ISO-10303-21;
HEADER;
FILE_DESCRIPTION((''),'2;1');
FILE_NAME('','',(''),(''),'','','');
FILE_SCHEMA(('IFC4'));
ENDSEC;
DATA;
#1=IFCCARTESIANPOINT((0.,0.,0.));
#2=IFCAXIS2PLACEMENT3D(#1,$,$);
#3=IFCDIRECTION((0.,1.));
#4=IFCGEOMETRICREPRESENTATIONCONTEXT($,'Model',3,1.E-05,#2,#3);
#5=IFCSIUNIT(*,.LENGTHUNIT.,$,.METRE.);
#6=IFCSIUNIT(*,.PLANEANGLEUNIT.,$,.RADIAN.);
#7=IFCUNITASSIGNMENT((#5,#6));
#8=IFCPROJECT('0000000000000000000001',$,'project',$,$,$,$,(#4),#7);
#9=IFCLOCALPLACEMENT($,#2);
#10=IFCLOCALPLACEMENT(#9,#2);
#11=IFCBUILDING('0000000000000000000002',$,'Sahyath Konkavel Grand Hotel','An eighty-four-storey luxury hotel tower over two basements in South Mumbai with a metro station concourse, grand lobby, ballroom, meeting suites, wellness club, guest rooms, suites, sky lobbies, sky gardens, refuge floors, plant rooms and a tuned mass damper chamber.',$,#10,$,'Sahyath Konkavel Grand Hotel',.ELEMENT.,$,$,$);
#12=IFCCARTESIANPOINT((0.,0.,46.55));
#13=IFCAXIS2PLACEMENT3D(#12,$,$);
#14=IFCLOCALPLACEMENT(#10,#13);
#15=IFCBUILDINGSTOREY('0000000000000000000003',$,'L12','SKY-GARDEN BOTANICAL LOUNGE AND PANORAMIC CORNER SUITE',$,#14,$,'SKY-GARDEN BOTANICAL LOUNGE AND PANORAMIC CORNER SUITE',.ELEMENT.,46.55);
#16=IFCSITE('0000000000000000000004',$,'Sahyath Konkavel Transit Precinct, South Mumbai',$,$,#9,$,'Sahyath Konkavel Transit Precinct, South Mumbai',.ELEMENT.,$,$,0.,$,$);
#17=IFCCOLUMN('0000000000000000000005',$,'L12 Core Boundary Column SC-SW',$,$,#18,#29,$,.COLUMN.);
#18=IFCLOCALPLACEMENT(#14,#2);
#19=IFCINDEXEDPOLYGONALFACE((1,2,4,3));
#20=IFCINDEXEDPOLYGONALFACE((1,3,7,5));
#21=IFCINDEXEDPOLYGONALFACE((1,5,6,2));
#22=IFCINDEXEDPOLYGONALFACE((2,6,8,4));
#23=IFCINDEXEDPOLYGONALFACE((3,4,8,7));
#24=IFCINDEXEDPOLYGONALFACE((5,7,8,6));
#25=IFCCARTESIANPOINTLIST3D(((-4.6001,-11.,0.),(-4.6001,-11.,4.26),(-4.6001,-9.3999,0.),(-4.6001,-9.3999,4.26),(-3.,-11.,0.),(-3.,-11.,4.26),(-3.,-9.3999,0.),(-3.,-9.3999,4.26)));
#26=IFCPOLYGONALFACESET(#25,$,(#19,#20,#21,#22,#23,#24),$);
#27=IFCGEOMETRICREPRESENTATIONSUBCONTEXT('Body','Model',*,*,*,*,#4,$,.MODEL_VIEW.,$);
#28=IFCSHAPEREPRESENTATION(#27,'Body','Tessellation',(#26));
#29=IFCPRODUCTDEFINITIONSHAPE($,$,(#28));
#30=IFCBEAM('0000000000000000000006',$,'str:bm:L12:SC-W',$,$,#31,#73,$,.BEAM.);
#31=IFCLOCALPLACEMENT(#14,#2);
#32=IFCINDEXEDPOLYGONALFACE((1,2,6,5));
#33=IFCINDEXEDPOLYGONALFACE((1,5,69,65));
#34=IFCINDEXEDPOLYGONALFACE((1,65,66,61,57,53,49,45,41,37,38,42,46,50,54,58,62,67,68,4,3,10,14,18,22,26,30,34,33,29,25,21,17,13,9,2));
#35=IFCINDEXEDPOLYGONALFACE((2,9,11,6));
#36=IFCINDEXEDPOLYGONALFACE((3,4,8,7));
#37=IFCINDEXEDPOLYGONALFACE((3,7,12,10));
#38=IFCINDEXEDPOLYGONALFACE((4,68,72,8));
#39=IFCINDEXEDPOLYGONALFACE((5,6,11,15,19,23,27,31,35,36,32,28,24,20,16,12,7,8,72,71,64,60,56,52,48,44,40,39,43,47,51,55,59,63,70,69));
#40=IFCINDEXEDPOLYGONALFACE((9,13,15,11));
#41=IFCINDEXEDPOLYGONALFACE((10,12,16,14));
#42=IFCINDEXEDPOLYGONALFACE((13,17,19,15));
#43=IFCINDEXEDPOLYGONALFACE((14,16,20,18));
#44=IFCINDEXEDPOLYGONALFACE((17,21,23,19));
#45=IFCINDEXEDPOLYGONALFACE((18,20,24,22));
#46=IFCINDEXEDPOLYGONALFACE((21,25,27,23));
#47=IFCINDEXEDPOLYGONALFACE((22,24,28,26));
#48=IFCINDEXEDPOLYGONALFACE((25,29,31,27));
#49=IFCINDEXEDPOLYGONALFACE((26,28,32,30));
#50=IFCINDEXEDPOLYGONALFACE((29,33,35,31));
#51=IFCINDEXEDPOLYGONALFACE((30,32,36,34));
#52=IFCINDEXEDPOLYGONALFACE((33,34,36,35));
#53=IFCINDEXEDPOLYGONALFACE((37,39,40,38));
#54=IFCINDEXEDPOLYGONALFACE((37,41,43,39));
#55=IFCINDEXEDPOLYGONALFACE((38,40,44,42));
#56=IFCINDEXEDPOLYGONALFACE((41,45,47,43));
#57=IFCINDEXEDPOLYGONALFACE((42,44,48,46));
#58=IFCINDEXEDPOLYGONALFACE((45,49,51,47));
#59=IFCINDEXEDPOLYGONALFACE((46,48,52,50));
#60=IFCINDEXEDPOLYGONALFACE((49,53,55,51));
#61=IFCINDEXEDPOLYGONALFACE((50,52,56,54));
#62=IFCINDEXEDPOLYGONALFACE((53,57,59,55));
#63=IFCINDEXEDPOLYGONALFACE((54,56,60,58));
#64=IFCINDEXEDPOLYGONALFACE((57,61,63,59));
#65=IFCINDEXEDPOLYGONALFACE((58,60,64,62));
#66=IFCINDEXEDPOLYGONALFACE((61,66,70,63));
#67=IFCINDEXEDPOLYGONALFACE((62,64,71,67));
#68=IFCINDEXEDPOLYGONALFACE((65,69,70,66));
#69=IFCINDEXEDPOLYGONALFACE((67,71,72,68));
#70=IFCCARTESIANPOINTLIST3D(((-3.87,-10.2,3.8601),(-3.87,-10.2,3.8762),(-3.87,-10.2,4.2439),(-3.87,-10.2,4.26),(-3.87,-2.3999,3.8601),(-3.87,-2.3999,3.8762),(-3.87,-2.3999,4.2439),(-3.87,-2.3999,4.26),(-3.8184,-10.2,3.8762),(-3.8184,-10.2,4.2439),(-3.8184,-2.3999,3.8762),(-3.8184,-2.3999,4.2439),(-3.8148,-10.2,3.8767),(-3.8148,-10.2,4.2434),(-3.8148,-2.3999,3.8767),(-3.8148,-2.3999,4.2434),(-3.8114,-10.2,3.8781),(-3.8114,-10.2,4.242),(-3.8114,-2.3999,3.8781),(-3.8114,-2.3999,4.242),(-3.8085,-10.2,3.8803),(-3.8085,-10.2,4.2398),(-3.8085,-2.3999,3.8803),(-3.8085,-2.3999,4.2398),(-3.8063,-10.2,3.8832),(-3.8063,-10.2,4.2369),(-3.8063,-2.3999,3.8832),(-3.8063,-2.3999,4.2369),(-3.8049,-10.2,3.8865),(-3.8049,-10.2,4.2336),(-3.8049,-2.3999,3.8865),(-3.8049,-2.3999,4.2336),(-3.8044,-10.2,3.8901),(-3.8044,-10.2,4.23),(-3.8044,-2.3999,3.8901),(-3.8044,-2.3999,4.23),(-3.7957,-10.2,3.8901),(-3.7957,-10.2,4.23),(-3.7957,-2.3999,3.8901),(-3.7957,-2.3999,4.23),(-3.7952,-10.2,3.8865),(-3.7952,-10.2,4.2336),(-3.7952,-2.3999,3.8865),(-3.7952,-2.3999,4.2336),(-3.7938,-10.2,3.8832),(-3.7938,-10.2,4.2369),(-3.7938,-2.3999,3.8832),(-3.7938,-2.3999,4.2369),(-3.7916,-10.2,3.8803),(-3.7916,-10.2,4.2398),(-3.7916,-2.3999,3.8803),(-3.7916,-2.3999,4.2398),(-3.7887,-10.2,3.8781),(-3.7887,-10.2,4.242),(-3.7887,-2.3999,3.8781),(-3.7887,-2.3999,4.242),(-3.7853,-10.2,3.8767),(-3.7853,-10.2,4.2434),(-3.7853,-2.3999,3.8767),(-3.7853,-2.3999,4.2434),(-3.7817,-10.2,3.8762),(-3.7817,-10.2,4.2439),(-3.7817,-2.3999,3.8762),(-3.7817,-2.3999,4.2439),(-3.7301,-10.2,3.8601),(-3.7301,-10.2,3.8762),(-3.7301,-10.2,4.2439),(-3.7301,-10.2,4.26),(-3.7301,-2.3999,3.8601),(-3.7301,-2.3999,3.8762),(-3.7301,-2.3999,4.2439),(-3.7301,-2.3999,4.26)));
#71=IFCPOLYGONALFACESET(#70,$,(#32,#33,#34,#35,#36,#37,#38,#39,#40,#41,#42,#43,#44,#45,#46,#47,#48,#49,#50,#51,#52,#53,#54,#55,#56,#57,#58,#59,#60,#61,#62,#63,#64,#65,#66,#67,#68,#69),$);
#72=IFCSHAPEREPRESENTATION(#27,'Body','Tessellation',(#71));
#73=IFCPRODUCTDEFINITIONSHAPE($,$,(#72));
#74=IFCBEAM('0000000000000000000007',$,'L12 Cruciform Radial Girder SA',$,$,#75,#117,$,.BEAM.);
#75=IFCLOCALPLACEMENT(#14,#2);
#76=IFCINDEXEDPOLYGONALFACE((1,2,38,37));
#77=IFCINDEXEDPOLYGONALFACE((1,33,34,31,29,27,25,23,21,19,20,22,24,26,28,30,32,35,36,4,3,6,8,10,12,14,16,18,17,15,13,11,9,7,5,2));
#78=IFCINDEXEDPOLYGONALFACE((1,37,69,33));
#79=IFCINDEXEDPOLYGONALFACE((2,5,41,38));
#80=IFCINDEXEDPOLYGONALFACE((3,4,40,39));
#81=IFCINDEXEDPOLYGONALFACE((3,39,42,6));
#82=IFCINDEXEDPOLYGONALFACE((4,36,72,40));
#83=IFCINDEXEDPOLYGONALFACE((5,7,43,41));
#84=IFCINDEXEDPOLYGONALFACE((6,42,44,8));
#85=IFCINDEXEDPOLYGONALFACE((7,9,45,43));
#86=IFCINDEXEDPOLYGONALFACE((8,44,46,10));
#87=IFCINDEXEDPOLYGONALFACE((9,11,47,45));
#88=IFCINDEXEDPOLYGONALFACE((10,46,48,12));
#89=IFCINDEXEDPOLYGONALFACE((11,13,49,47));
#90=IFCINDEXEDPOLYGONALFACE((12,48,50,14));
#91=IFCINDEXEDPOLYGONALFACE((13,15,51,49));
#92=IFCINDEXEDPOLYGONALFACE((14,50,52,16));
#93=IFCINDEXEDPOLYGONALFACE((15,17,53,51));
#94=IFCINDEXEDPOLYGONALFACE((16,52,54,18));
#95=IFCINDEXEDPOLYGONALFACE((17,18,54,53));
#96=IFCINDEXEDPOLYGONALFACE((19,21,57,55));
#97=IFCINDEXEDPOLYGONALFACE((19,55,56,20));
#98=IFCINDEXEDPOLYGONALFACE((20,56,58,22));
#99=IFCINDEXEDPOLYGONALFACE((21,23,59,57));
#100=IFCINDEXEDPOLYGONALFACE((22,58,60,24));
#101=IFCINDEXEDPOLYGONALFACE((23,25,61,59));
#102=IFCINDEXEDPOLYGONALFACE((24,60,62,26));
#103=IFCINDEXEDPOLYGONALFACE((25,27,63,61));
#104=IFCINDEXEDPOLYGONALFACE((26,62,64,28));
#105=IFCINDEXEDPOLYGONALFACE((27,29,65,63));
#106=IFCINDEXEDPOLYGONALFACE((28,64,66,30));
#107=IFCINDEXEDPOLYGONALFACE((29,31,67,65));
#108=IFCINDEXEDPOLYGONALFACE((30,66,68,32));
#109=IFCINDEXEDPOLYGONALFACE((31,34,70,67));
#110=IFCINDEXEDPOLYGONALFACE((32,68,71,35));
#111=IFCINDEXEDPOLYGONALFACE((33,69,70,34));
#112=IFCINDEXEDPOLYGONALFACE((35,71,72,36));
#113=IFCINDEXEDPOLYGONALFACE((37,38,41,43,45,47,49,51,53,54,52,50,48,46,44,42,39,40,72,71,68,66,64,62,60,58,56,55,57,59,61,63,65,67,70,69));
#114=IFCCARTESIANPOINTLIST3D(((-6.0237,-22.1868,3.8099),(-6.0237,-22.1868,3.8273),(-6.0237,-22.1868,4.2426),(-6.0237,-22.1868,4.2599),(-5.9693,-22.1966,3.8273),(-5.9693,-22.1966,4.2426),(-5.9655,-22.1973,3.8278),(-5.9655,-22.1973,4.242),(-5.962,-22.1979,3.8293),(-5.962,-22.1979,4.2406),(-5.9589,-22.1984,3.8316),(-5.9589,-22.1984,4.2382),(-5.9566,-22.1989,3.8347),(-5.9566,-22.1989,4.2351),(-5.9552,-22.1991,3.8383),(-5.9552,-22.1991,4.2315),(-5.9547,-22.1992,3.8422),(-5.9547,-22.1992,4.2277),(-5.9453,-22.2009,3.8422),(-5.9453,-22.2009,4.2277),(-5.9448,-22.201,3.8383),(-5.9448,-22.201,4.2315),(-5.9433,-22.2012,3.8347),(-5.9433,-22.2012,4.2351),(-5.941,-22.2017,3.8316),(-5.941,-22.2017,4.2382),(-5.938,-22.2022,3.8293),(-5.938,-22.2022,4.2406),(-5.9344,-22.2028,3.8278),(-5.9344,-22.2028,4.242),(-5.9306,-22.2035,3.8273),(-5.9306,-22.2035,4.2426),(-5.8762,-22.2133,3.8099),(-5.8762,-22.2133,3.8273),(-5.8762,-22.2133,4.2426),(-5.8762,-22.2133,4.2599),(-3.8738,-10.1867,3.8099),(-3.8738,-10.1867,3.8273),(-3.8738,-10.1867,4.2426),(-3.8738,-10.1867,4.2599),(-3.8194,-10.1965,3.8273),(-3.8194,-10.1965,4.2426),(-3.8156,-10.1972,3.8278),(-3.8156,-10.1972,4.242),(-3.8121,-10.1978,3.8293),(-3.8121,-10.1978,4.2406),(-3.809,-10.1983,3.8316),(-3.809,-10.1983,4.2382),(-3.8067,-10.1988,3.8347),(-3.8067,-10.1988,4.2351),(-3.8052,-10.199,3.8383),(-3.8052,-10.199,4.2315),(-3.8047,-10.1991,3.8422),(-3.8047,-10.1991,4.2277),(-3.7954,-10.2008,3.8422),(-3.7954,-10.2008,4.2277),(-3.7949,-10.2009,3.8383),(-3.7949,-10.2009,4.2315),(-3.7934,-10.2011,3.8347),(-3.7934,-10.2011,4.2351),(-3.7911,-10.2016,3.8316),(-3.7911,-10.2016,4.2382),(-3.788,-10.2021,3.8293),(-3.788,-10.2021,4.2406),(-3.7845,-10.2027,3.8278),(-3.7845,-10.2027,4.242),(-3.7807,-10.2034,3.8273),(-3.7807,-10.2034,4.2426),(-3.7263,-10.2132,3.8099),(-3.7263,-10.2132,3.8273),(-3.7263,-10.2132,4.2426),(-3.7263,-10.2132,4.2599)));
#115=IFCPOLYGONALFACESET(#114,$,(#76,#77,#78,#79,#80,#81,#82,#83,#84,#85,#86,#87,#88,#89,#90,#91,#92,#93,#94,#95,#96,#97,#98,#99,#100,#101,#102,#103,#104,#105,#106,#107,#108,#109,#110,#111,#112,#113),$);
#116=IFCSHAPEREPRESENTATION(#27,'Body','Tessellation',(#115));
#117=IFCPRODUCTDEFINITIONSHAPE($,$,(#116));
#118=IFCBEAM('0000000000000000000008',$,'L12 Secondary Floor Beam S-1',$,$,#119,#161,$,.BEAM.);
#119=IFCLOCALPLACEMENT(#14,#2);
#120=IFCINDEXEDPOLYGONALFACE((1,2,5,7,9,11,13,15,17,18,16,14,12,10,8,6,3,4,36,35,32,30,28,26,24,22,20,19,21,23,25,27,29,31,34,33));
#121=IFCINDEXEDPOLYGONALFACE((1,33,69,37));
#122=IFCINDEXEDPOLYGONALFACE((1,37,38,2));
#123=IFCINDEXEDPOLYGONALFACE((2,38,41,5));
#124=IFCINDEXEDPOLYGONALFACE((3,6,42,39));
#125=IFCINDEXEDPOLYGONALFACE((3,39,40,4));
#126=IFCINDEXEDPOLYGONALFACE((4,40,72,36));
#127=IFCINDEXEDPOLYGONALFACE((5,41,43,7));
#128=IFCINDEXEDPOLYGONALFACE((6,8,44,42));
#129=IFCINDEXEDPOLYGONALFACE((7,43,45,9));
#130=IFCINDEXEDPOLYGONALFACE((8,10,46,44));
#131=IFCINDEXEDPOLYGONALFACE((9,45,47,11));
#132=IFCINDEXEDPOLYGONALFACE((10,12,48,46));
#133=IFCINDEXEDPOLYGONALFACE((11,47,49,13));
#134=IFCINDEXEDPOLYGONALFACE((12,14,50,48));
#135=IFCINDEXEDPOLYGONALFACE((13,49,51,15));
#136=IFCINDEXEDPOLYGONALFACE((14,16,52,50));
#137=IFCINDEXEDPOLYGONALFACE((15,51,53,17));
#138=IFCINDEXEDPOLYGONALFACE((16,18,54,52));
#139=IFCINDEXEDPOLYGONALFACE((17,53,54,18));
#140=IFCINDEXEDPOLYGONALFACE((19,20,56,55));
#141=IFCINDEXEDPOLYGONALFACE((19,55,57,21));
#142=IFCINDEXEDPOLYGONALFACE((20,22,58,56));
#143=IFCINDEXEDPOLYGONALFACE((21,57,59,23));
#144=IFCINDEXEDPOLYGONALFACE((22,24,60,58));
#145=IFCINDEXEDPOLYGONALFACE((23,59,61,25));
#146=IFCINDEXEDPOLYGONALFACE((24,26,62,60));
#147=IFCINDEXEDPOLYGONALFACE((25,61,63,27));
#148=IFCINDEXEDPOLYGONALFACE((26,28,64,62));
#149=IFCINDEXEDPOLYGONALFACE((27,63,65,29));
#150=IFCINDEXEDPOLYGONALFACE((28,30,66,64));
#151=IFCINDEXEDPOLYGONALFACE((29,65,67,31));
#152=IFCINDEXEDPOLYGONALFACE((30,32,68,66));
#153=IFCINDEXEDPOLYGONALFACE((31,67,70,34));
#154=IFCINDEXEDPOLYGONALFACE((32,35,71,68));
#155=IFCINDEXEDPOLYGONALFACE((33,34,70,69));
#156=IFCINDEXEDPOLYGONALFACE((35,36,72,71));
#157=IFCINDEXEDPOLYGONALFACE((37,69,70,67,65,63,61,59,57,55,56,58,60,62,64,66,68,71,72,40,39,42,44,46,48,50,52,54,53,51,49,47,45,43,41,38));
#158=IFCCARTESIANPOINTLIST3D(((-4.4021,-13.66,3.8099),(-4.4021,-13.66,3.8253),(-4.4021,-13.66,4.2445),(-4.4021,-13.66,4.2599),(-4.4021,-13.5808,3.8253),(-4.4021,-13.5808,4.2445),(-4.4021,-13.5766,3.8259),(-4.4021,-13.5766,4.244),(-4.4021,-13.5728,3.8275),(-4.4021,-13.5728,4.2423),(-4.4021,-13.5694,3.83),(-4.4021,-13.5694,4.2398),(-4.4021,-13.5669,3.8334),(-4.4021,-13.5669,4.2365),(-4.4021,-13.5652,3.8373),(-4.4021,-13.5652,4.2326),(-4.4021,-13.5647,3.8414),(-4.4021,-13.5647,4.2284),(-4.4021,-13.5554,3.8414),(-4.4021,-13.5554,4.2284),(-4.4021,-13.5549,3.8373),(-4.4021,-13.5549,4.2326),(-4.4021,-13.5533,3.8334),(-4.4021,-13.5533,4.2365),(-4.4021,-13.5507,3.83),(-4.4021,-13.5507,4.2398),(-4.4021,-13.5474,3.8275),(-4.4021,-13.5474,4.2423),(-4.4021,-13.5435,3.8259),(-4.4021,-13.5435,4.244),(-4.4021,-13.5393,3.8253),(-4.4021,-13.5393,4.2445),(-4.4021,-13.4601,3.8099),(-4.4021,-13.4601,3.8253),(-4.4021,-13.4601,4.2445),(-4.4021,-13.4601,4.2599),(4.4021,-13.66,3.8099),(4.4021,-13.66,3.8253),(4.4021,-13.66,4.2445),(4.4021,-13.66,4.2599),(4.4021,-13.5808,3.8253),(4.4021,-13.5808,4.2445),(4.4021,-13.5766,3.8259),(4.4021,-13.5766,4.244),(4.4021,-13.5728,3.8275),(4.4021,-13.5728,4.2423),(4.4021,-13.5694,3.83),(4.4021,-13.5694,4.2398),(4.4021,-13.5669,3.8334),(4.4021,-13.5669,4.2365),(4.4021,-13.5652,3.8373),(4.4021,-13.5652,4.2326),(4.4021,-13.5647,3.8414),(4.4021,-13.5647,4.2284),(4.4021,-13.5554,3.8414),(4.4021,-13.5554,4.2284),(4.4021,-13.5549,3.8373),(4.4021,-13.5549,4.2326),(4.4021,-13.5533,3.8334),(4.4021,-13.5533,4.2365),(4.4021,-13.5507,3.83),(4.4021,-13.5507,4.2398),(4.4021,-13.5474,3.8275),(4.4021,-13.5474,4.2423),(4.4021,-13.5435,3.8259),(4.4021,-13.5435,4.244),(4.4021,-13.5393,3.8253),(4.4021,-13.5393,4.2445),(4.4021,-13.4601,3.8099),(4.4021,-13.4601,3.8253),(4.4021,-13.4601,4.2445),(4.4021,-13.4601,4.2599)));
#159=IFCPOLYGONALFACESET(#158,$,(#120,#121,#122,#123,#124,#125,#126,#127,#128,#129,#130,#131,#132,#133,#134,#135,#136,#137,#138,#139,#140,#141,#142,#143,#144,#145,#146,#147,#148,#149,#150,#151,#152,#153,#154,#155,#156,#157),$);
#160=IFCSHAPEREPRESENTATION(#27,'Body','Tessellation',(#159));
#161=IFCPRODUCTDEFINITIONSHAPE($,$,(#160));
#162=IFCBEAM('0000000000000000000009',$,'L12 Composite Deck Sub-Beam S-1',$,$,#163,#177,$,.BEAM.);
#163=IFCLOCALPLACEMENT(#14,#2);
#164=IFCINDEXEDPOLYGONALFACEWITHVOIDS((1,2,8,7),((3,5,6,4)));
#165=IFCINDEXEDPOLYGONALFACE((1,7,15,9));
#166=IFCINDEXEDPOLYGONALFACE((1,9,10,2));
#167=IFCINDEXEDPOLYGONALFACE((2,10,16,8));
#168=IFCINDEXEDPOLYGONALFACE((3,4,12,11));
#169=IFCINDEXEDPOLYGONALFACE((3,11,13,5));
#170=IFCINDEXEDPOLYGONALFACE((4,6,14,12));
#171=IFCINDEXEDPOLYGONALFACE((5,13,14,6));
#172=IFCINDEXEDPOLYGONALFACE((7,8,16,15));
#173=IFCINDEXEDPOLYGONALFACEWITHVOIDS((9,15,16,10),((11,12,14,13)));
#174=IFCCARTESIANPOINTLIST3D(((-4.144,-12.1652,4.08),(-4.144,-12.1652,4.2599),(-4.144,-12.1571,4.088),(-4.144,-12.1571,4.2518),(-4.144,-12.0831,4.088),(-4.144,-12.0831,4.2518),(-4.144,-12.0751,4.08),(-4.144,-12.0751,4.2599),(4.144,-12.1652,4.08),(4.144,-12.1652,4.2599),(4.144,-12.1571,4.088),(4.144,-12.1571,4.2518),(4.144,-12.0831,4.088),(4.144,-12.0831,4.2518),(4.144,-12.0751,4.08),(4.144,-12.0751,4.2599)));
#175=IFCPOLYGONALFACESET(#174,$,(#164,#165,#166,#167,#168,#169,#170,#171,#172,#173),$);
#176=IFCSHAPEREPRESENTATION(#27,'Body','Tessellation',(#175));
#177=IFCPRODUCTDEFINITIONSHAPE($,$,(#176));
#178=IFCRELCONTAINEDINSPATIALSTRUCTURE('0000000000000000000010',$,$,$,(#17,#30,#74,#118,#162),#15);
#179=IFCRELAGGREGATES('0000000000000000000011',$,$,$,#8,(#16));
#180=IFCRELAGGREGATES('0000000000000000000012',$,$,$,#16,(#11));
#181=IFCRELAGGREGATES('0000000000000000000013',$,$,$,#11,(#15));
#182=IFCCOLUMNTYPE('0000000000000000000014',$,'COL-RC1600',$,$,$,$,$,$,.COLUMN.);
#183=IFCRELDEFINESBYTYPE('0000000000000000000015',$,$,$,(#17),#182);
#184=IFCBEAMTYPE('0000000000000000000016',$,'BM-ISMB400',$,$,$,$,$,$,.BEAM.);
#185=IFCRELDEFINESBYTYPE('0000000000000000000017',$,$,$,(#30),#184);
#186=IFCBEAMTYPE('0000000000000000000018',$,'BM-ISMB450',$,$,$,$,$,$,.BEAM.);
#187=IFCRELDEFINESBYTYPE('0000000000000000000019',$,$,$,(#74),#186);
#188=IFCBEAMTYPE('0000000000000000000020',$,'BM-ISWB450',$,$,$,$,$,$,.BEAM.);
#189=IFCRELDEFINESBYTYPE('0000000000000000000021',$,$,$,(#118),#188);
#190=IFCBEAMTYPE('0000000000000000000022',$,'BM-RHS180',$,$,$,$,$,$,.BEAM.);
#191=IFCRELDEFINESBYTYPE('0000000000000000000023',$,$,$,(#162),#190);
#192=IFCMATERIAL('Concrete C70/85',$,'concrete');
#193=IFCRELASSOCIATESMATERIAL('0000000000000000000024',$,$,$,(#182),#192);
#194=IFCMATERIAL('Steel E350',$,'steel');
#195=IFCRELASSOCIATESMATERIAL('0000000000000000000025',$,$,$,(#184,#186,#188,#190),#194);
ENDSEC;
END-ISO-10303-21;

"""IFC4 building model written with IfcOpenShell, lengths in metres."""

from ifc_helpers import new_model, si_unit, direction, frame, origin, origin_2d, place, context, subcontext, project, spatial, rectangle, hollow_rectangle, i_section, extrude, source, transform, mapped, material, material_profile, profile_set, type_object, element, save


model = new_model("IFC4")

# Units and contexts
model_context = context("Model", 3, precision=1e-05, world=origin(), true_north=direction((0.0, 1.0)))
body_context = subcontext(model_context, "Body", "Model", "MODEL_VIEW")
ifc_project = project(units=[si_unit("LENGTHUNIT", "METRE"), si_unit("PLANEANGLEUNIT", "RADIAN")], contexts=[model_context])

# Site, building, storey
site_placement = place(None, origin())
site = spatial("IfcSite", under=ifc_project, at=site_placement, Name="Sahyath Konkavel Transit Precinct, South Mumbai", LongName="Sahyath Konkavel Transit Precinct, South Mumbai", CompositionType="ELEMENT", RefElevation=0.0)
building_placement = place(site_placement, origin())
building = spatial("IfcBuilding", under=site, at=building_placement, Name="Sahyath Konkavel Grand Hotel", Description="An eighty-four-storey luxury hotel tower over two basements in South Mumbai with a metro station concourse, grand lobby, ballroom, meeting suites, wellness club, guest rooms, suites, sky lobbies, sky gardens, refuge floors, plant rooms and a tuned mass damper chamber.", LongName="Sahyath Konkavel Grand Hotel", CompositionType="ELEMENT")
storey_placement = place(building_placement, frame((0.0, 0.0, 46.55)))
storey = spatial("IfcBuildingStorey", under=building, at=storey_placement, Name="L12", Description="SKY-GARDEN BOTANICAL LOUNGE AND PANORAMIC CORNER SUITE", LongName="SKY-GARDEN BOTANICAL LOUNGE AND PANORAMIC CORNER SUITE", CompositionType="ELEMENT", Elevation=46.55)

# Column
ifc_material_1 = material(Name="Concrete C70/85", Category="concrete")
ifc_material_profile_1 = material_profile(ifc_material_1, rectangle(XDim=1.6001, YDim=1.6001, at=origin_2d()), Name="RC 1600x1600")
ifc_profile_set_1 = profile_set([ifc_material_profile_1], Name="Concrete C70/85")
column_type = type_object("IfcColumnType", Name="COL-RC1600", PredefinedType="COLUMN", material=ifc_profile_set_1)
shared_shape_1 = source(origin(), body_context, "Body", "SweptSolid", [
    extrude(rectangle(XDim=1.6001, YDim=1.6001, at=origin_2d()), origin(), (0.0, 0.0, 1.0), 4.26),
])
column_placement = place(storey_placement, frame((-3.8, -10.2, 0.0), z_axis=(0.0, 0.0, 1.0), x_axis=(1.0, 0.0, 0.0)))
element("IfcColumn", 1, at=column_placement, inside=storey, type_object=column_type, Name="L12 Core Boundary Column SC-SW", PredefinedType="COLUMN", context=body_context, shape_type="MappedRepresentation", body=[
    mapped(shared_shape_1, transform((0.0, 0.0, 0.0), scale=1.0)),
])

# Beams
ifc_material_2 = material(Name="Steel E350", Category="steel")
ifc_material_profile_2 = material_profile(ifc_material_2, i_section(OverallWidth=0.1399, OverallDepth=0.3999, WebThickness=0.0088, FlangeThickness=0.0161, FilletRadius=0.0139, at=origin_2d()), Name="ISMB 400")
ifc_profile_set_2 = profile_set([ifc_material_profile_2], Name="Steel E350")
beam_type_1 = type_object("IfcBeamType", Name="BM-ISMB400", PredefinedType="BEAM", material=ifc_profile_set_2)
shared_shape_2 = source(origin(), body_context, "Body", "SweptSolid", [
    extrude(i_section(OverallWidth=0.1399, OverallDepth=0.3999, WebThickness=0.0088, FlangeThickness=0.0161, FilletRadius=0.0139, at=origin_2d()), origin(), (0.0, 0.0, 1.0), 7.8),
])
beam_1_placement = place(storey_placement, frame((-3.8, -10.2, 4.0601), z_axis=(0.0, 1.0, 0.0), x_axis=(-1.0, 0.0, 0.0)))
element("IfcBeam", 2, at=beam_1_placement, inside=storey, type_object=beam_type_1, Name="str:bm:L12:SC-W", PredefinedType="BEAM", context=body_context, shape_type="MappedRepresentation", body=[
    mapped(shared_shape_2, transform((0.0, 0.0, 0.0), scale=1.0)),
])
ifc_material_profile_3 = material_profile(ifc_material_2, i_section(OverallWidth=0.1499, OverallDepth=0.45, WebThickness=0.0095, FlangeThickness=0.0173, FilletRadius=0.0149, at=origin_2d()), Name="ISMB 450")
ifc_profile_set_3 = profile_set([ifc_material_profile_3], Name="Steel E350")
beam_type_2 = type_object("IfcBeamType", Name="BM-ISMB450", PredefinedType="BEAM", material=ifc_profile_set_3)
shared_shape_3 = source(origin(), body_context, "Body", "SweptSolid", [
    extrude(i_section(OverallWidth=0.1499, OverallDepth=0.45, WebThickness=0.0095, FlangeThickness=0.0173, FilletRadius=0.0149, at=origin_2d()), origin(), (0.0, 0.0, 1.0), 12.1912),
])
beam_2_placement = place(storey_placement, frame((-3.8, -10.2, 4.0349), z_axis=(-0.176351, -0.984327, 0.0), x_axis=(0.984327, -0.176351, 0.0)))
element("IfcBeam", 3, at=beam_2_placement, inside=storey, type_object=beam_type_2, Name="L12 Cruciform Radial Girder SA", PredefinedType="BEAM", context=body_context, shape_type="MappedRepresentation", body=[
    mapped(shared_shape_3, transform((0.0, 0.0, 0.0), scale=1.0)),
])
ifc_material_profile_4 = material_profile(ifc_material_2, i_section(OverallWidth=0.2, OverallDepth=0.45, WebThickness=0.0093, FlangeThickness=0.0154, FilletRadius=0.0161, at=origin_2d()), Name="ISWB 450")
ifc_profile_set_4 = profile_set([ifc_material_profile_4], Name="Steel E350")
beam_type_3 = type_object("IfcBeamType", Name="BM-ISWB450", PredefinedType="BEAM", material=ifc_profile_set_4)
shared_shape_4 = source(origin(), body_context, "Body", "SweptSolid", [
    extrude(i_section(OverallWidth=0.2, OverallDepth=0.45, WebThickness=0.0093, FlangeThickness=0.0154, FilletRadius=0.0161, at=origin_2d()), origin(), (0.0, 0.0, 1.0), 8.8042),
])
beam_3_placement = place(storey_placement, frame((-4.4021, -13.5601, 4.0349), z_axis=(1.0, 0.0, 0.0), x_axis=(0.0, 1.0, 0.0)))
element("IfcBeam", 4, at=beam_3_placement, inside=storey, type_object=beam_type_3, Name="L12 Secondary Floor Beam S-1", PredefinedType="BEAM", context=body_context, shape_type="MappedRepresentation", body=[
    mapped(shared_shape_4, transform((0.0, 0.0, 0.0), scale=1.0)),
])
ifc_material_profile_5 = material_profile(ifc_material_2, hollow_rectangle(XDim=0.0901, YDim=0.1799, WallThickness=0.0081, at=origin_2d()), Name="RHS 180x90x8")
ifc_profile_set_5 = profile_set([ifc_material_profile_5], Name="Steel E350")
beam_type_4 = type_object("IfcBeamType", Name="BM-RHS180", PredefinedType="BEAM", material=ifc_profile_set_5)
shared_shape_5 = source(origin(), body_context, "Body", "SweptSolid", [
    extrude(hollow_rectangle(XDim=0.0901, YDim=0.1799, WallThickness=0.0081, at=origin_2d()), origin(), (0.0, 0.0, 1.0), 8.2881),
])
beam_4_placement = place(storey_placement, frame((-4.144, -12.1201, 4.1699), z_axis=(1.0, 0.0, 0.0), x_axis=(0.0, 1.0, 0.0)))
element("IfcBeam", 5, at=beam_4_placement, inside=storey, type_object=beam_type_4, Name="L12 Composite Deck Sub-Beam S-1", PredefinedType="BEAM", context=body_context, shape_type="MappedRepresentation", body=[
    mapped(shared_shape_5, transform((0.0, 0.0, 0.0), scale=1.0)),
])

save(model, "model.ifc")
